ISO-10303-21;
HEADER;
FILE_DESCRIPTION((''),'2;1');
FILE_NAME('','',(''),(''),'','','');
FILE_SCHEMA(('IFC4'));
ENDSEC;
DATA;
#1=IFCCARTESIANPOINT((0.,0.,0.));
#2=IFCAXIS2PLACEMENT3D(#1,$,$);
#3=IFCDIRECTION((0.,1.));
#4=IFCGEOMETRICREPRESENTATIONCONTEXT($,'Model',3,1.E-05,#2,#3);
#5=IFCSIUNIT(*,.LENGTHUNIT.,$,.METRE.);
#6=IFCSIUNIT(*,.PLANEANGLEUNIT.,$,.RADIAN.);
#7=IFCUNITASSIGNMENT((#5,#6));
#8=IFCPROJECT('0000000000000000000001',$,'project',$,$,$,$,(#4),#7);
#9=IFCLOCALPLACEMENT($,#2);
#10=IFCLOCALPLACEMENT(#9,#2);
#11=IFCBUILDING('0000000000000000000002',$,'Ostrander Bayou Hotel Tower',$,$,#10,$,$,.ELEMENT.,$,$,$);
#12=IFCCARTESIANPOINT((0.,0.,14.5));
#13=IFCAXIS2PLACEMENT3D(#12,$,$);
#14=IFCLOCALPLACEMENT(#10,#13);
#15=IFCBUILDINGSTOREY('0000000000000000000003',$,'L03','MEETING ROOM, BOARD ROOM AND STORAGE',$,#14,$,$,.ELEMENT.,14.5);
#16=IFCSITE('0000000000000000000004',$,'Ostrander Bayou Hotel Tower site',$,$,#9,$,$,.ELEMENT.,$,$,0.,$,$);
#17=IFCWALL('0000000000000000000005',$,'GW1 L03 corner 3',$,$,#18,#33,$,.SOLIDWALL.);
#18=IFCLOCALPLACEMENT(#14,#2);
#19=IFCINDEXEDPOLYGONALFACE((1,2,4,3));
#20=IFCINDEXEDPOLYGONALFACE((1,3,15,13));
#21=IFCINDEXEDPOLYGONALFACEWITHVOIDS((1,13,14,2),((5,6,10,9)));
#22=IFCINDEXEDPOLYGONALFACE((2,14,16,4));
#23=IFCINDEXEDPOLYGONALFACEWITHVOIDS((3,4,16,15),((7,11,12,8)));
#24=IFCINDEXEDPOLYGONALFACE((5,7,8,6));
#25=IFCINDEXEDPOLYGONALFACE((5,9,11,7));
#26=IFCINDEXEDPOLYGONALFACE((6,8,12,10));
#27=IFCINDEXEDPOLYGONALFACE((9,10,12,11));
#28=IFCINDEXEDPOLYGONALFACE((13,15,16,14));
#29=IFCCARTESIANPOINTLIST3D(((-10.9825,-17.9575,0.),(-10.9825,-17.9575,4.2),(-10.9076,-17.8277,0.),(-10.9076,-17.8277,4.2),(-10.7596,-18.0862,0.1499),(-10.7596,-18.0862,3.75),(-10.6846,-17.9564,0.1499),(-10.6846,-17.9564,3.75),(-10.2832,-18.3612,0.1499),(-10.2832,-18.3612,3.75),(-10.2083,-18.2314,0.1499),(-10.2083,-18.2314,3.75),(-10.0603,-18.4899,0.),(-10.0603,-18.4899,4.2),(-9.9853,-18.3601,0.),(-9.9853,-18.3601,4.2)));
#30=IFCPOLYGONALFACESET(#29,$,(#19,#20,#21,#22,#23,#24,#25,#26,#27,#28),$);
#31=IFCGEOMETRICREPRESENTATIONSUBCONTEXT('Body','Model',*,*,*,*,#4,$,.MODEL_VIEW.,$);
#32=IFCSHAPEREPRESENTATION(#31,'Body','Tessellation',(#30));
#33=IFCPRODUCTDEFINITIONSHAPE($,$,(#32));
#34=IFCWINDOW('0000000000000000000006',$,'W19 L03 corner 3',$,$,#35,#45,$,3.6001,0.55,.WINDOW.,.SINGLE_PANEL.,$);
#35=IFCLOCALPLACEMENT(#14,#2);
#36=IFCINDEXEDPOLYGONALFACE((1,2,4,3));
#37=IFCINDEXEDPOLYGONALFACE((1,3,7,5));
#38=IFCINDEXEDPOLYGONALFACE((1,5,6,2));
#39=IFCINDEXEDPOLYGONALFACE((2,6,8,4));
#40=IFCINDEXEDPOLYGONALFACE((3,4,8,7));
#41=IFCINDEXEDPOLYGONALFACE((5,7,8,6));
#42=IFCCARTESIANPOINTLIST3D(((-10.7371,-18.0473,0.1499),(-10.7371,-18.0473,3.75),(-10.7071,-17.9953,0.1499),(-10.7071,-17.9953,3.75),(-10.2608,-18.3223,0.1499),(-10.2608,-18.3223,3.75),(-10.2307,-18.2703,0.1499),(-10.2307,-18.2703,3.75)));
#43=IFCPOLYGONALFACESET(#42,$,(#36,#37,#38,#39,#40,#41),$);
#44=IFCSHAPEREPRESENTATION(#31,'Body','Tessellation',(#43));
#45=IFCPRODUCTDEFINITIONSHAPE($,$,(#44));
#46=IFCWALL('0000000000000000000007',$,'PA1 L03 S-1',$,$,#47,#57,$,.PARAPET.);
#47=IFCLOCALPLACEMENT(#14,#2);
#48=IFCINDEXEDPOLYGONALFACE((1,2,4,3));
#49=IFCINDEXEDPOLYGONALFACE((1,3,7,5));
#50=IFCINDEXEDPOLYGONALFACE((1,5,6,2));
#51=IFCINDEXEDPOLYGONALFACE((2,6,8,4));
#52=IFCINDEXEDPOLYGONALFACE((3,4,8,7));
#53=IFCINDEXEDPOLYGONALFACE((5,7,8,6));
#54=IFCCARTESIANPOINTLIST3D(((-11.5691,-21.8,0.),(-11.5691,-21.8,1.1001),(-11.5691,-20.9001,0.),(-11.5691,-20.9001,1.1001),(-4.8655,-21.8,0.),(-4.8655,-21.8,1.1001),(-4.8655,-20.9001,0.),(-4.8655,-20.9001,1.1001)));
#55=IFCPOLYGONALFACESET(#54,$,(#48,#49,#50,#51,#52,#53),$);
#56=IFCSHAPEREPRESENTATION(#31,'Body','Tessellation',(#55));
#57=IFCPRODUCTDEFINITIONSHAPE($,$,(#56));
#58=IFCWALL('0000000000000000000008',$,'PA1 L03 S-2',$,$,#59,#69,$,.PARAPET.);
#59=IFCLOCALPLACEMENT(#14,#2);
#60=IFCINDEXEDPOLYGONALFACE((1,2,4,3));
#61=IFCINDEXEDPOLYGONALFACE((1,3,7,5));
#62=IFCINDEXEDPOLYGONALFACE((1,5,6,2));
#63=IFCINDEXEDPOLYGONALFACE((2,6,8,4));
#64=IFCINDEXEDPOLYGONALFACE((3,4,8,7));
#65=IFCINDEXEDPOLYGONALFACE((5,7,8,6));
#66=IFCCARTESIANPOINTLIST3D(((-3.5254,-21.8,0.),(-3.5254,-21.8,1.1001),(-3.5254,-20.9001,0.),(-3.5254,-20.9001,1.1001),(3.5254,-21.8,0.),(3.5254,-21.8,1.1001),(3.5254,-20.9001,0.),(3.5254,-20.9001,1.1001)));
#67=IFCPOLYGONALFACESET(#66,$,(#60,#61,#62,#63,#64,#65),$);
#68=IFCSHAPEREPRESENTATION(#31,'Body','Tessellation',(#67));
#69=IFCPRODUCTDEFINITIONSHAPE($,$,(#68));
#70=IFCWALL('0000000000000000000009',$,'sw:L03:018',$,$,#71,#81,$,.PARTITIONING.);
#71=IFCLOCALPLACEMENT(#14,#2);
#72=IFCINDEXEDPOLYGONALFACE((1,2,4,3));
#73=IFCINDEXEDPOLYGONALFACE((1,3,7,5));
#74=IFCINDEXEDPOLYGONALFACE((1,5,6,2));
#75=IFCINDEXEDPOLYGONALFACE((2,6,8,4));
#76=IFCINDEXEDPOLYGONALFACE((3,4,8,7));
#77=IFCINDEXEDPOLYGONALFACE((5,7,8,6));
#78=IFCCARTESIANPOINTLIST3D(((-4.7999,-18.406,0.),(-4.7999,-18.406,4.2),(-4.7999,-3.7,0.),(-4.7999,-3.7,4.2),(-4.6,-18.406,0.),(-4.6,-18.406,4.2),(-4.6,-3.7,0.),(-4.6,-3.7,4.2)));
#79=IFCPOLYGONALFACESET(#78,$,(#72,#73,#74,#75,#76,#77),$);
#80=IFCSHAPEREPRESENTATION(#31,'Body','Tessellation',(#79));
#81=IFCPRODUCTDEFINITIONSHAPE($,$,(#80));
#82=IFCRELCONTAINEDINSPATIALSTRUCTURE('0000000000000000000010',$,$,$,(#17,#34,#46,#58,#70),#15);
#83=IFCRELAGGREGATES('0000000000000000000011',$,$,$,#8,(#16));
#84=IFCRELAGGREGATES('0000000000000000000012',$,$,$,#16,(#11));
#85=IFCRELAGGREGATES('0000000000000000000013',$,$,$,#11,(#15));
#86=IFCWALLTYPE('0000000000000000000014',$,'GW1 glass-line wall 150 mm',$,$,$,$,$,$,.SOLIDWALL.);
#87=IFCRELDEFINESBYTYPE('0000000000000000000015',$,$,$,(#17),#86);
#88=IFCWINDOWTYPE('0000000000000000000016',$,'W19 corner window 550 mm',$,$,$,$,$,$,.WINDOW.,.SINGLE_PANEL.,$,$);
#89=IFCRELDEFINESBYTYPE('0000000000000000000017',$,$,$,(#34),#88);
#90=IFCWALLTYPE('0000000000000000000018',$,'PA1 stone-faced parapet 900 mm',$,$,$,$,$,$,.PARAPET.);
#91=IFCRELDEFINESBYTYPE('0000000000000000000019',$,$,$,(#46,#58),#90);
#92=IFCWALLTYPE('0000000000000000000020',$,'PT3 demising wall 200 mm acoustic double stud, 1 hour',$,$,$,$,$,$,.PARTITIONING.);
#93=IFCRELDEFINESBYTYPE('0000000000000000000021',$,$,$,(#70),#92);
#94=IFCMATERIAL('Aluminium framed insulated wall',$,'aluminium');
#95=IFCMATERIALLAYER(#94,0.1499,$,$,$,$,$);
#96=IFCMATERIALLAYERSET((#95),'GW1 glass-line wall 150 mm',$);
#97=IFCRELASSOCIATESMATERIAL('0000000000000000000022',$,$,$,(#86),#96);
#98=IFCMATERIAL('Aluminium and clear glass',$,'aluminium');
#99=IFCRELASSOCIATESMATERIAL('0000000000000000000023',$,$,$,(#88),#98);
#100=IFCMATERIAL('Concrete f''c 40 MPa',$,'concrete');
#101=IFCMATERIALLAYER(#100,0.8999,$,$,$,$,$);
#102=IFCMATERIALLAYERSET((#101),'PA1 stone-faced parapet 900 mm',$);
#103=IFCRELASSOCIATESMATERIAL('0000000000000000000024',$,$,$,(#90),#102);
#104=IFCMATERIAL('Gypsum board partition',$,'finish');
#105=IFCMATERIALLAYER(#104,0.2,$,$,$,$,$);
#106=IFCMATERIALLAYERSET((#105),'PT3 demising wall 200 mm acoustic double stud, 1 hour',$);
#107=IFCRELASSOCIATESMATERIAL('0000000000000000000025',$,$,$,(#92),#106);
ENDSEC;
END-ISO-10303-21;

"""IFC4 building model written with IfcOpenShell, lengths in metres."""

from ifc_helpers import new_model, si_unit, direction, frame, frame_2d, origin, place, context, subcontext, project, spatial, rectangle, extrude, material, layer, layer_set, type_object, element, fill, save


model = new_model("IFC4")

# Units and contexts
model_context = context("Model", 3, precision=1e-05, world=origin(), true_north=direction((0.0, 1.0)))
body_context = subcontext(model_context, "Body", "Model", "MODEL_VIEW")
ifc_project = project(units=[si_unit("LENGTHUNIT", "METRE"), si_unit("PLANEANGLEUNIT", "RADIAN")], contexts=[model_context])

# Site, building, storey
site_placement = place(None, origin())
site = spatial("IfcSite", under=ifc_project, at=site_placement, Name="Ostrander Bayou Hotel Tower site", CompositionType="ELEMENT", RefElevation=0.0)
building_placement = place(site_placement, origin())
building = spatial("IfcBuilding", under=site, at=building_placement, Name="Ostrander Bayou Hotel Tower", CompositionType="ELEMENT")
storey_placement = place(building_placement, frame((0.0, 0.0, 14.5)))
storey = spatial("IfcBuildingStorey", under=building, at=storey_placement, Name="L03", Description="MEETING ROOM, BOARD ROOM AND STORAGE", CompositionType="ELEMENT", Elevation=14.5)

# Shared definitions
ifc_material_1 = material(Name="Aluminium framed insulated wall", Category="aluminium")
ifc_layer_1 = layer(ifc_material_1, 0.1499)
ifc_layer_set_1 = layer_set([ifc_layer_1], Name="GW1 glass-line wall 150 mm")
wall_type_1 = type_object("IfcWallType", Name="GW1 glass-line wall 150 mm", PredefinedType="SOLIDWALL", material=ifc_layer_set_1)

# Wall, opening, window
wall_1_placement = place(storey_placement, frame((-10.9451, -17.8926, 0.0), z_axis=(0.0, 0.0, 1.0), x_axis=(0.866048, -0.499961, 0.0)))
wall_1 = element("IfcWall", 1, at=wall_1_placement, inside=storey, type_object=wall_type_1, Name="GW1 L03 corner 3", PredefinedType="SOLIDWALL", context=body_context, shape_type="SweptSolid", body=[
    extrude(rectangle(XDim=1.0649, YDim=0.1499, at=frame_2d((0.5325, 0.0))), origin(), (0.0, 0.0, 1.0), 4.2),
])
opening_1_placement = place(wall_1_placement, frame((0.2576, 0.0, 0.1499)))
opening_1 = element("IfcOpeningElement", 2, at=opening_1_placement, cuts=wall_1, PredefinedType="OPENING", context=body_context, shape_type="SweptSolid", body=[
    extrude(rectangle(XDim=0.55, YDim=3.6001, at=frame_2d((0.2749, 1.8))), frame((0.0, 0.075, 0.0), z_axis=(0.0, -1.0, 0.0), x_axis=(1.0, 0.0, 0.0)), (0.0, 0.0, 1.0), 0.1499),
])
ifc_material_2 = material(Name="Aluminium and clear glass", Category="aluminium")
window_type = type_object("IfcWindowType", Name="W19 corner window 550 mm", PartitioningType="SINGLE_PANEL", PredefinedType="WINDOW", material=ifc_material_2)
window_placement = place(opening_1_placement, origin())
window = element("IfcWindow", 3, at=window_placement, inside=storey, type_object=window_type, Name="W19 L03 corner 3", OverallHeight=3.6001, OverallWidth=0.55, PartitioningType="SINGLE_PANEL", PredefinedType="WINDOW", context=body_context, shape_type="SweptSolid", body=[
    extrude(rectangle(XDim=0.55, YDim=3.6001, at=frame_2d((0.2749, 1.8))), frame((0.0, 0.03, 0.0), z_axis=(0.0, -1.0, 0.0), x_axis=(1.0, 0.0, 0.0)), (0.0, 0.0, 1.0), 0.0601),
])
fill(opening_1, window)

# Walls
ifc_material_3 = material(Name="Concrete f'c 40 MPa", Category="concrete")
ifc_layer_2 = layer(ifc_material_3, 0.8999)
ifc_layer_set_2 = layer_set([ifc_layer_2], Name="PA1 stone-faced parapet 900 mm")
wall_type_2 = type_object("IfcWallType", Name="PA1 stone-faced parapet 900 mm", PredefinedType="PARAPET", material=ifc_layer_set_2)
wall_2_placement = place(storey_placement, frame((-11.5691, -21.3501, 0.0), z_axis=(0.0, 0.0, 1.0), x_axis=(1.0, 0.0, 0.0)))
element("IfcWall", 4, at=wall_2_placement, inside=storey, type_object=wall_type_2, Name="PA1 L03 S-1", PredefinedType="PARAPET", context=body_context, shape_type="SweptSolid", body=[
    extrude(rectangle(XDim=6.7036, YDim=0.8999, at=frame_2d((3.3518, 0.0))), origin(), (0.0, 0.0, 1.0), 1.1001),
])
wall_3_placement = place(storey_placement, frame((-3.5254, -21.3501, 0.0), z_axis=(0.0, 0.0, 1.0), x_axis=(1.0, 0.0, 0.0)))
element("IfcWall", 5, at=wall_3_placement, inside=storey, type_object=wall_type_2, Name="PA1 L03 S-2", PredefinedType="PARAPET", context=body_context, shape_type="SweptSolid", body=[
    extrude(rectangle(XDim=7.0508, YDim=0.8999, at=frame_2d((3.5254, 0.0))), origin(), (0.0, 0.0, 1.0), 1.1001),
])
ifc_material_4 = material(Name="Gypsum board partition", Category="finish")
ifc_layer_3 = layer(ifc_material_4, 0.2)
ifc_layer_set_3 = layer_set([ifc_layer_3], Name="PT3 demising wall 200 mm acoustic double stud, 1 hour")
wall_type_3 = type_object("IfcWallType", Name="PT3 demising wall 200 mm acoustic double stud, 1 hour", PredefinedType="PARTITIONING", material=ifc_layer_set_3)
wall_4_placement = place(storey_placement, frame((-4.7, -18.406, 0.0), z_axis=(0.0, 0.0, 1.0), x_axis=(0.0, 1.0, 0.0)))
element("IfcWall", 6, at=wall_4_placement, inside=storey, type_object=wall_type_3, Name="sw:L03:018", PredefinedType="PARTITIONING", context=body_context, shape_type="SweptSolid", body=[
    extrude(rectangle(XDim=14.7061, YDim=0.2, at=frame_2d((7.353, 0.0))), origin(), (0.0, 0.0, 1.0), 4.2),
])

save(model, "model.ifc")
